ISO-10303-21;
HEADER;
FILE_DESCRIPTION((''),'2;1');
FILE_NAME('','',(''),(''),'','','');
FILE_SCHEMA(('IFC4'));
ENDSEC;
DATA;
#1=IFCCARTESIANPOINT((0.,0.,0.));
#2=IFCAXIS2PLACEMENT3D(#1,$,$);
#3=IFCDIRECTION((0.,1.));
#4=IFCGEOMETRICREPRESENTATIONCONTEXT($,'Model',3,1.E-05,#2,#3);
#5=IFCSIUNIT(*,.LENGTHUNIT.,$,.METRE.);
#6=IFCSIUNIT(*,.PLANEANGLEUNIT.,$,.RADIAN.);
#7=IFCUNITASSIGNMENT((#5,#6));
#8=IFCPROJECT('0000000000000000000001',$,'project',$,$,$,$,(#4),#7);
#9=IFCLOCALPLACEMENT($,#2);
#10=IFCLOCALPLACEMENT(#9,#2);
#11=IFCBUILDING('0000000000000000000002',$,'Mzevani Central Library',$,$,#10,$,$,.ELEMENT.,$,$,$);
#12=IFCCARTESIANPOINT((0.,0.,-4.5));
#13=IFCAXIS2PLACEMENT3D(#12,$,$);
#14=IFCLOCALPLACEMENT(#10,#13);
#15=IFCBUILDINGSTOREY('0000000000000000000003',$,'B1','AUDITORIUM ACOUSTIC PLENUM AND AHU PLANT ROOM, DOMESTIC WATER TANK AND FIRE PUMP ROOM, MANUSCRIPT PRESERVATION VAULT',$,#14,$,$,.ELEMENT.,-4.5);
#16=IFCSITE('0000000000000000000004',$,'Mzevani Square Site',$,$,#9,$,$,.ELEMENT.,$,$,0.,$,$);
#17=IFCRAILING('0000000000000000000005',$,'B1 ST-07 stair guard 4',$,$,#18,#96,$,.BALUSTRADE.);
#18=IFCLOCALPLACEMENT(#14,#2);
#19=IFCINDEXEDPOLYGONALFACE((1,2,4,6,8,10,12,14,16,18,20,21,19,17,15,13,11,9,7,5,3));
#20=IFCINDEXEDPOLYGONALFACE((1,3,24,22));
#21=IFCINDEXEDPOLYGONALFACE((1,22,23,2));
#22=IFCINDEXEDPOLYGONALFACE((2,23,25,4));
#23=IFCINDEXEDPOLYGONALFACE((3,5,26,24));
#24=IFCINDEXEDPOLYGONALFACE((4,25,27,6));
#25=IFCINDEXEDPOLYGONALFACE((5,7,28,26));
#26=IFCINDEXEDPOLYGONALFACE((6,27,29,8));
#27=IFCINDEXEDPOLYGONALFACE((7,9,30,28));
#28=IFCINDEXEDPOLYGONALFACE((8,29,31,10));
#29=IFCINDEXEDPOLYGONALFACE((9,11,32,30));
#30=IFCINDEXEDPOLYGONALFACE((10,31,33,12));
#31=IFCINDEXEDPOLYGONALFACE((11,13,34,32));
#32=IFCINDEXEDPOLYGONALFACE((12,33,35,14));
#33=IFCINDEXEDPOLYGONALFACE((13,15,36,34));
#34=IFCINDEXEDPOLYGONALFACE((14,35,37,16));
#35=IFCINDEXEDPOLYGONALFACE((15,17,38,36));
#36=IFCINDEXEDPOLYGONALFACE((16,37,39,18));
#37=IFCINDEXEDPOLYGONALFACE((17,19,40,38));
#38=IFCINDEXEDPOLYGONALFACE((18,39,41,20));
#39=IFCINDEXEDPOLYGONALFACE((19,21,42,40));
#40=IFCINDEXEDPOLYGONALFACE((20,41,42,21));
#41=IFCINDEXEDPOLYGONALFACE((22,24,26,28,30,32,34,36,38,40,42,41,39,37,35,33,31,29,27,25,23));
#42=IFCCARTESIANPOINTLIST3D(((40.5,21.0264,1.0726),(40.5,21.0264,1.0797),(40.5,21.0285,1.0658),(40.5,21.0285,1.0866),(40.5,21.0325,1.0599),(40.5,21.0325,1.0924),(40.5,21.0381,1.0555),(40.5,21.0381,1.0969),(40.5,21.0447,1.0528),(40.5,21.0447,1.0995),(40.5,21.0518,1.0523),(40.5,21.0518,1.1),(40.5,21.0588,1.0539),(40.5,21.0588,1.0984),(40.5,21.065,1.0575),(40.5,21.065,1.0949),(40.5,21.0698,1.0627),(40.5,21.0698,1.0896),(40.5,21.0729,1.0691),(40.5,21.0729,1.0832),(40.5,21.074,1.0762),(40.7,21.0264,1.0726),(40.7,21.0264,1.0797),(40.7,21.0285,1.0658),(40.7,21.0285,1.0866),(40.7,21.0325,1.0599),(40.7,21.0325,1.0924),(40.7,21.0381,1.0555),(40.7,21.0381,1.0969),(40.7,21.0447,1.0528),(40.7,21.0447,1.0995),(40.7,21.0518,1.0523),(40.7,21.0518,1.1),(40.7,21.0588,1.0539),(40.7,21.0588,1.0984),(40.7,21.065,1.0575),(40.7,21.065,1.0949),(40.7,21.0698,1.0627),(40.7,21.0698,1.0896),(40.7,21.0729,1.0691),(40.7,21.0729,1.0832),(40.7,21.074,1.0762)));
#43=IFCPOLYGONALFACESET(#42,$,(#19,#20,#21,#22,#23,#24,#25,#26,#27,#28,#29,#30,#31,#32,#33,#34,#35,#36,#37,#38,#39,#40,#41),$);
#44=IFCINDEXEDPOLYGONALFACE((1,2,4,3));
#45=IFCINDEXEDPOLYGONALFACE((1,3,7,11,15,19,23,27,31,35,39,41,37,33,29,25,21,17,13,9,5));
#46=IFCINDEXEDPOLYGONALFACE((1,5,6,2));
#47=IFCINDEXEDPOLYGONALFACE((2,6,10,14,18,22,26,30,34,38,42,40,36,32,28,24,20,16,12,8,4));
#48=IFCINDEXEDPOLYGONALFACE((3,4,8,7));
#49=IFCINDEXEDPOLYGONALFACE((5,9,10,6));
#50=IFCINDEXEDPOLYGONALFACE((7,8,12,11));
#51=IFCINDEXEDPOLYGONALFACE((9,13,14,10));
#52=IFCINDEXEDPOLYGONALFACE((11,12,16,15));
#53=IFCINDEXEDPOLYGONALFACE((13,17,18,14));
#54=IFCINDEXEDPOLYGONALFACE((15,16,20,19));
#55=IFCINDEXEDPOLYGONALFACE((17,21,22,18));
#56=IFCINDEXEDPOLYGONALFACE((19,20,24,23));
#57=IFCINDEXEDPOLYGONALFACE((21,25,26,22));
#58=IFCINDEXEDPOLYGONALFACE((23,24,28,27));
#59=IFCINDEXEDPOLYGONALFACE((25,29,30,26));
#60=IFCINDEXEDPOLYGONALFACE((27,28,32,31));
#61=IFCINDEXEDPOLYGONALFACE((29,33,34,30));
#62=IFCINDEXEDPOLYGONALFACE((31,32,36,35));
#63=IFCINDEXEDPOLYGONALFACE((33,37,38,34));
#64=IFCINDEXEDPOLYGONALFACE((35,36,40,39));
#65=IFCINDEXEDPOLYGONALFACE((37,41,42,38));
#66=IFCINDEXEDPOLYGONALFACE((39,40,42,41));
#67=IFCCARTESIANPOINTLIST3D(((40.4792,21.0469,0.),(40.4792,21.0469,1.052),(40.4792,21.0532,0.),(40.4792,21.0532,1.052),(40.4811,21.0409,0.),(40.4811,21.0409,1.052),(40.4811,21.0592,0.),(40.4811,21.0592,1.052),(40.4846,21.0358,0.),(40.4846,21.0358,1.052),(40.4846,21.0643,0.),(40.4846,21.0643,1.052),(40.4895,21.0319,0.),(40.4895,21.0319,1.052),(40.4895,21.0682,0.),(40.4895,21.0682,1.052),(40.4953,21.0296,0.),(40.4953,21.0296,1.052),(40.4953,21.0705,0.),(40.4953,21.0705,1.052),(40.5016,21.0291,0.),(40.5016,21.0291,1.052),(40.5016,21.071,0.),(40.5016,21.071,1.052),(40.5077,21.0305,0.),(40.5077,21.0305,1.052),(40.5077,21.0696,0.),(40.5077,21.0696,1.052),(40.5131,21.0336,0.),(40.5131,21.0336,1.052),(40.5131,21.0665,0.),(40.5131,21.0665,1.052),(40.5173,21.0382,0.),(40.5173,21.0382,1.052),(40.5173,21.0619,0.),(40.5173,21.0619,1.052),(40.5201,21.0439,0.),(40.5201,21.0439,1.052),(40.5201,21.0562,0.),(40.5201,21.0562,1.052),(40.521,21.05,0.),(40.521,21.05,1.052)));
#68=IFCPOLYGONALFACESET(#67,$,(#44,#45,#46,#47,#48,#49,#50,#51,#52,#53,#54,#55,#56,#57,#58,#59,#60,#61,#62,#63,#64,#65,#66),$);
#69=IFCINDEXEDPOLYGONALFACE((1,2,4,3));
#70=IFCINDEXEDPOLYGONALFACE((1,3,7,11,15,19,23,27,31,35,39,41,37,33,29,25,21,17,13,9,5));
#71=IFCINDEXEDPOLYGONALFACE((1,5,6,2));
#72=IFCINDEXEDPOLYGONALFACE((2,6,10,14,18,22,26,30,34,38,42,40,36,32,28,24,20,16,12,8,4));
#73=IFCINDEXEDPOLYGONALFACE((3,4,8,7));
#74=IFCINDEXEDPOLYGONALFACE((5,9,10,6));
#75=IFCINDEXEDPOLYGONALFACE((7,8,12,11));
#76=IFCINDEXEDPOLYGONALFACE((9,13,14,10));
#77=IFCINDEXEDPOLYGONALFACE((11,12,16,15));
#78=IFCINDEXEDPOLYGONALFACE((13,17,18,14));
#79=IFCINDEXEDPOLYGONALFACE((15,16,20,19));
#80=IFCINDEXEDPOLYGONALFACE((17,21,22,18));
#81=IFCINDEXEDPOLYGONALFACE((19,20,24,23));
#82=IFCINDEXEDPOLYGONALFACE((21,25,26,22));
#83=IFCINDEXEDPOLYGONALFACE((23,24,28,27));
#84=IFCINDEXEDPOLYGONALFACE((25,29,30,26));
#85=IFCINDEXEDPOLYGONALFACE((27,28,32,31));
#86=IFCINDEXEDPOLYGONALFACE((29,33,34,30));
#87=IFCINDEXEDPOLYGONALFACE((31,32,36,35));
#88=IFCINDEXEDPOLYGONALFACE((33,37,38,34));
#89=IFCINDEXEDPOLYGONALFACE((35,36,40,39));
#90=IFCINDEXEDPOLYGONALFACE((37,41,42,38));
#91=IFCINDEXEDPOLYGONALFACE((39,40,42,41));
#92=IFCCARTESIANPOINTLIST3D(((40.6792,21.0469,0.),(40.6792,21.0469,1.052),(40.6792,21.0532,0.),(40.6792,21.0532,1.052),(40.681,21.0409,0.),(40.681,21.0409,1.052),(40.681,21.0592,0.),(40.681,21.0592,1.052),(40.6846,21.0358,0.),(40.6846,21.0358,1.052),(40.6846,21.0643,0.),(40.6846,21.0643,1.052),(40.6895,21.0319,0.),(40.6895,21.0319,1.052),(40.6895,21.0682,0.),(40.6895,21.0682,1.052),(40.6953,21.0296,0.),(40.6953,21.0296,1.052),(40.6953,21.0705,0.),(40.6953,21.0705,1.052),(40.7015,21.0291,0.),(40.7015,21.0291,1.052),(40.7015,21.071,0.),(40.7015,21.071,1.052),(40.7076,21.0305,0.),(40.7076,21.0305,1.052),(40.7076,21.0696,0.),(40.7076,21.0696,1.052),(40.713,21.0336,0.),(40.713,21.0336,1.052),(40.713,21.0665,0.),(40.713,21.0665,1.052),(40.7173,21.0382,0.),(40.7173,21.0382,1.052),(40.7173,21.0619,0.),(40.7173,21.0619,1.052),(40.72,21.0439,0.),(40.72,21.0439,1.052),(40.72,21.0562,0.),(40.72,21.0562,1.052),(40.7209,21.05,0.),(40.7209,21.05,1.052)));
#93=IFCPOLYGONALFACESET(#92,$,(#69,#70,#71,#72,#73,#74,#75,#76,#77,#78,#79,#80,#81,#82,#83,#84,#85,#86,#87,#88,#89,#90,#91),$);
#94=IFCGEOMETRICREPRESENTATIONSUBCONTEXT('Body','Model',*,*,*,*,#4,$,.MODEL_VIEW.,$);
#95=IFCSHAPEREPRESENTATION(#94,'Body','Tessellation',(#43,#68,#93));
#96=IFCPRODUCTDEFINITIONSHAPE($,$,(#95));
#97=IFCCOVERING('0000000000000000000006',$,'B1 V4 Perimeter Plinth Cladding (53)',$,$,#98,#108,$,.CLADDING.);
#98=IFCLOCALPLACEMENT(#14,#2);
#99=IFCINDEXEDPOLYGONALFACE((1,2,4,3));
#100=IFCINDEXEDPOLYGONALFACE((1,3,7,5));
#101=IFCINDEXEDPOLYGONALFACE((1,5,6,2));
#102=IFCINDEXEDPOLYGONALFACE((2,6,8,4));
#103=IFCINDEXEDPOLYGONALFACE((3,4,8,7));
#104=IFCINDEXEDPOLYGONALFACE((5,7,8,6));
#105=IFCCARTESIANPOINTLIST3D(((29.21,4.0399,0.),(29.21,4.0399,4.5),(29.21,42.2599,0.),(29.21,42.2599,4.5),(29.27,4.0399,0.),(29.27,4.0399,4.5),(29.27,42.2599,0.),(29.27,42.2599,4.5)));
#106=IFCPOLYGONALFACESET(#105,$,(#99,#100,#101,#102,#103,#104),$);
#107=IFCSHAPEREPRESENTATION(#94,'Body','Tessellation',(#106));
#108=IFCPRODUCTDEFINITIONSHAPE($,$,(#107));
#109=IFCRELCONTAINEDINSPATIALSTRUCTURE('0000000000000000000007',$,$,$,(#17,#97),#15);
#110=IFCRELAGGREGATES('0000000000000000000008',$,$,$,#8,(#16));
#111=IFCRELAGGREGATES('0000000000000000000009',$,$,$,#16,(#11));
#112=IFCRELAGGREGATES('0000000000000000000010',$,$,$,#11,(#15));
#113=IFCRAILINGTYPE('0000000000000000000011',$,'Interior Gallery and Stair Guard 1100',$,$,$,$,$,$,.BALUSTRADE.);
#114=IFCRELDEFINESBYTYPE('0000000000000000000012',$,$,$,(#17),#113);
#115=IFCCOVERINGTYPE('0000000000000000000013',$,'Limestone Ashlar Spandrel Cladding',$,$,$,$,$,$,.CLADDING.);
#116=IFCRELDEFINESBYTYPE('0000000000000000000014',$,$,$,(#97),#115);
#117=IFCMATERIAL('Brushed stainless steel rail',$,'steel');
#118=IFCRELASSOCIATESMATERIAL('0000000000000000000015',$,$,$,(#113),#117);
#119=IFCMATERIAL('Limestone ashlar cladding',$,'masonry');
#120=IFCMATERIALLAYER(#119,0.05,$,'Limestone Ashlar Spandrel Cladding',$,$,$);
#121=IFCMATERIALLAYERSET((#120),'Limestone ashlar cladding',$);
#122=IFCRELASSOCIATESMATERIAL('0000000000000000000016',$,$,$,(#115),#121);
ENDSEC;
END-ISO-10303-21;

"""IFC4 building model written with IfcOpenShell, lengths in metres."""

from ifc_helpers import new_model, si_unit, direction, frame, origin, origin_2d, place, context, subcontext, project, spatial, rectangle, circle, extrude, material, layer, layer_set, type_object, element, save


model = new_model("IFC4")

# Units and contexts
model_context = context("Model", 3, precision=1e-05, world=origin(), true_north=direction((0.0, 1.0)))
body_context = subcontext(model_context, "Body", "Model", "MODEL_VIEW")
ifc_project = project(units=[si_unit("LENGTHUNIT", "METRE"), si_unit("PLANEANGLEUNIT", "RADIAN")], contexts=[model_context])

# Site, building, storey
site_placement = place(None, origin())
site = spatial("IfcSite", under=ifc_project, at=site_placement, Name="Mzevani Square Site", CompositionType="ELEMENT", RefElevation=0.0)
building_placement = place(site_placement, origin())
building = spatial("IfcBuilding", under=site, at=building_placement, Name="Mzevani Central Library", CompositionType="ELEMENT")
storey_placement = place(building_placement, frame((0.0, 0.0, -4.5)))
storey = spatial("IfcBuildingStorey", under=building, at=storey_placement, Name="B1", Description="AUDITORIUM ACOUSTIC PLENUM AND AHU PLANT ROOM, DOMESTIC WATER TANK AND FIRE PUMP ROOM, MANUSCRIPT PRESERVATION VAULT", CompositionType="ELEMENT", Elevation=-4.5)

# Railing
ifc_material_1 = material(Name="Brushed stainless steel rail", Category="steel")
railing_type_1 = type_object("IfcRailingType", Name="Interior Gallery and Stair Guard 1100", PredefinedType="BALUSTRADE", material=ifc_material_1)
railing_1_placement = place(storey_placement, frame((40.5, 21.05, 0.0)))
element("IfcRailing", 1, at=railing_1_placement, inside=storey, type_object=railing_type_1, Name="B1 ST-07 stair guard 4", PredefinedType="BALUSTRADE", context=body_context, shape_type="SweptSolid", body=[
    extrude(circle(Radius=0.0239, at=origin_2d()), frame((0.0, 0.0, 1.0762), z_axis=(1.0, 0.0, 0.0), x_axis=(0.0, 1.0, 0.0)), (0.0, 0.0, 1.0), 0.2),
    extrude(circle(Radius=0.021, at=origin_2d()), origin(), (0.0, 0.0, 1.0), 1.052),
    extrude(circle(Radius=0.021, at=origin_2d()), frame((0.2, 0.0, 0.0)), (0.0, 0.0, 1.0), 1.052),
])

# Covering
ifc_material_2 = material(Name="Limestone ashlar cladding", Category="masonry")
ifc_layer_1 = layer(ifc_material_2, 0.05, Name="Limestone Ashlar Spandrel Cladding")
ifc_layer_set_1 = layer_set([ifc_layer_1], Name="Limestone ashlar cladding")
covering_type = type_object("IfcCoveringType", Name="Limestone Ashlar Spandrel Cladding", PredefinedType="CLADDING", material=ifc_layer_set_1)
covering_placement = place(storey_placement, frame((29.24, 23.1499, 0.0), z_axis=(0.0, 0.0, 1.0), x_axis=(0.0, 1.0, 0.0)))
element("IfcCovering", 2, at=covering_placement, inside=storey, type_object=covering_type, Name="B1 V4 Perimeter Plinth Cladding (53)", PredefinedType="CLADDING", context=body_context, shape_type="SweptSolid", body=[
    extrude(rectangle(XDim=38.22, YDim=0.0601, at=origin_2d()), origin(), (0.0, 0.0, 1.0), 4.5),
])

save(model, "model.ifc")
